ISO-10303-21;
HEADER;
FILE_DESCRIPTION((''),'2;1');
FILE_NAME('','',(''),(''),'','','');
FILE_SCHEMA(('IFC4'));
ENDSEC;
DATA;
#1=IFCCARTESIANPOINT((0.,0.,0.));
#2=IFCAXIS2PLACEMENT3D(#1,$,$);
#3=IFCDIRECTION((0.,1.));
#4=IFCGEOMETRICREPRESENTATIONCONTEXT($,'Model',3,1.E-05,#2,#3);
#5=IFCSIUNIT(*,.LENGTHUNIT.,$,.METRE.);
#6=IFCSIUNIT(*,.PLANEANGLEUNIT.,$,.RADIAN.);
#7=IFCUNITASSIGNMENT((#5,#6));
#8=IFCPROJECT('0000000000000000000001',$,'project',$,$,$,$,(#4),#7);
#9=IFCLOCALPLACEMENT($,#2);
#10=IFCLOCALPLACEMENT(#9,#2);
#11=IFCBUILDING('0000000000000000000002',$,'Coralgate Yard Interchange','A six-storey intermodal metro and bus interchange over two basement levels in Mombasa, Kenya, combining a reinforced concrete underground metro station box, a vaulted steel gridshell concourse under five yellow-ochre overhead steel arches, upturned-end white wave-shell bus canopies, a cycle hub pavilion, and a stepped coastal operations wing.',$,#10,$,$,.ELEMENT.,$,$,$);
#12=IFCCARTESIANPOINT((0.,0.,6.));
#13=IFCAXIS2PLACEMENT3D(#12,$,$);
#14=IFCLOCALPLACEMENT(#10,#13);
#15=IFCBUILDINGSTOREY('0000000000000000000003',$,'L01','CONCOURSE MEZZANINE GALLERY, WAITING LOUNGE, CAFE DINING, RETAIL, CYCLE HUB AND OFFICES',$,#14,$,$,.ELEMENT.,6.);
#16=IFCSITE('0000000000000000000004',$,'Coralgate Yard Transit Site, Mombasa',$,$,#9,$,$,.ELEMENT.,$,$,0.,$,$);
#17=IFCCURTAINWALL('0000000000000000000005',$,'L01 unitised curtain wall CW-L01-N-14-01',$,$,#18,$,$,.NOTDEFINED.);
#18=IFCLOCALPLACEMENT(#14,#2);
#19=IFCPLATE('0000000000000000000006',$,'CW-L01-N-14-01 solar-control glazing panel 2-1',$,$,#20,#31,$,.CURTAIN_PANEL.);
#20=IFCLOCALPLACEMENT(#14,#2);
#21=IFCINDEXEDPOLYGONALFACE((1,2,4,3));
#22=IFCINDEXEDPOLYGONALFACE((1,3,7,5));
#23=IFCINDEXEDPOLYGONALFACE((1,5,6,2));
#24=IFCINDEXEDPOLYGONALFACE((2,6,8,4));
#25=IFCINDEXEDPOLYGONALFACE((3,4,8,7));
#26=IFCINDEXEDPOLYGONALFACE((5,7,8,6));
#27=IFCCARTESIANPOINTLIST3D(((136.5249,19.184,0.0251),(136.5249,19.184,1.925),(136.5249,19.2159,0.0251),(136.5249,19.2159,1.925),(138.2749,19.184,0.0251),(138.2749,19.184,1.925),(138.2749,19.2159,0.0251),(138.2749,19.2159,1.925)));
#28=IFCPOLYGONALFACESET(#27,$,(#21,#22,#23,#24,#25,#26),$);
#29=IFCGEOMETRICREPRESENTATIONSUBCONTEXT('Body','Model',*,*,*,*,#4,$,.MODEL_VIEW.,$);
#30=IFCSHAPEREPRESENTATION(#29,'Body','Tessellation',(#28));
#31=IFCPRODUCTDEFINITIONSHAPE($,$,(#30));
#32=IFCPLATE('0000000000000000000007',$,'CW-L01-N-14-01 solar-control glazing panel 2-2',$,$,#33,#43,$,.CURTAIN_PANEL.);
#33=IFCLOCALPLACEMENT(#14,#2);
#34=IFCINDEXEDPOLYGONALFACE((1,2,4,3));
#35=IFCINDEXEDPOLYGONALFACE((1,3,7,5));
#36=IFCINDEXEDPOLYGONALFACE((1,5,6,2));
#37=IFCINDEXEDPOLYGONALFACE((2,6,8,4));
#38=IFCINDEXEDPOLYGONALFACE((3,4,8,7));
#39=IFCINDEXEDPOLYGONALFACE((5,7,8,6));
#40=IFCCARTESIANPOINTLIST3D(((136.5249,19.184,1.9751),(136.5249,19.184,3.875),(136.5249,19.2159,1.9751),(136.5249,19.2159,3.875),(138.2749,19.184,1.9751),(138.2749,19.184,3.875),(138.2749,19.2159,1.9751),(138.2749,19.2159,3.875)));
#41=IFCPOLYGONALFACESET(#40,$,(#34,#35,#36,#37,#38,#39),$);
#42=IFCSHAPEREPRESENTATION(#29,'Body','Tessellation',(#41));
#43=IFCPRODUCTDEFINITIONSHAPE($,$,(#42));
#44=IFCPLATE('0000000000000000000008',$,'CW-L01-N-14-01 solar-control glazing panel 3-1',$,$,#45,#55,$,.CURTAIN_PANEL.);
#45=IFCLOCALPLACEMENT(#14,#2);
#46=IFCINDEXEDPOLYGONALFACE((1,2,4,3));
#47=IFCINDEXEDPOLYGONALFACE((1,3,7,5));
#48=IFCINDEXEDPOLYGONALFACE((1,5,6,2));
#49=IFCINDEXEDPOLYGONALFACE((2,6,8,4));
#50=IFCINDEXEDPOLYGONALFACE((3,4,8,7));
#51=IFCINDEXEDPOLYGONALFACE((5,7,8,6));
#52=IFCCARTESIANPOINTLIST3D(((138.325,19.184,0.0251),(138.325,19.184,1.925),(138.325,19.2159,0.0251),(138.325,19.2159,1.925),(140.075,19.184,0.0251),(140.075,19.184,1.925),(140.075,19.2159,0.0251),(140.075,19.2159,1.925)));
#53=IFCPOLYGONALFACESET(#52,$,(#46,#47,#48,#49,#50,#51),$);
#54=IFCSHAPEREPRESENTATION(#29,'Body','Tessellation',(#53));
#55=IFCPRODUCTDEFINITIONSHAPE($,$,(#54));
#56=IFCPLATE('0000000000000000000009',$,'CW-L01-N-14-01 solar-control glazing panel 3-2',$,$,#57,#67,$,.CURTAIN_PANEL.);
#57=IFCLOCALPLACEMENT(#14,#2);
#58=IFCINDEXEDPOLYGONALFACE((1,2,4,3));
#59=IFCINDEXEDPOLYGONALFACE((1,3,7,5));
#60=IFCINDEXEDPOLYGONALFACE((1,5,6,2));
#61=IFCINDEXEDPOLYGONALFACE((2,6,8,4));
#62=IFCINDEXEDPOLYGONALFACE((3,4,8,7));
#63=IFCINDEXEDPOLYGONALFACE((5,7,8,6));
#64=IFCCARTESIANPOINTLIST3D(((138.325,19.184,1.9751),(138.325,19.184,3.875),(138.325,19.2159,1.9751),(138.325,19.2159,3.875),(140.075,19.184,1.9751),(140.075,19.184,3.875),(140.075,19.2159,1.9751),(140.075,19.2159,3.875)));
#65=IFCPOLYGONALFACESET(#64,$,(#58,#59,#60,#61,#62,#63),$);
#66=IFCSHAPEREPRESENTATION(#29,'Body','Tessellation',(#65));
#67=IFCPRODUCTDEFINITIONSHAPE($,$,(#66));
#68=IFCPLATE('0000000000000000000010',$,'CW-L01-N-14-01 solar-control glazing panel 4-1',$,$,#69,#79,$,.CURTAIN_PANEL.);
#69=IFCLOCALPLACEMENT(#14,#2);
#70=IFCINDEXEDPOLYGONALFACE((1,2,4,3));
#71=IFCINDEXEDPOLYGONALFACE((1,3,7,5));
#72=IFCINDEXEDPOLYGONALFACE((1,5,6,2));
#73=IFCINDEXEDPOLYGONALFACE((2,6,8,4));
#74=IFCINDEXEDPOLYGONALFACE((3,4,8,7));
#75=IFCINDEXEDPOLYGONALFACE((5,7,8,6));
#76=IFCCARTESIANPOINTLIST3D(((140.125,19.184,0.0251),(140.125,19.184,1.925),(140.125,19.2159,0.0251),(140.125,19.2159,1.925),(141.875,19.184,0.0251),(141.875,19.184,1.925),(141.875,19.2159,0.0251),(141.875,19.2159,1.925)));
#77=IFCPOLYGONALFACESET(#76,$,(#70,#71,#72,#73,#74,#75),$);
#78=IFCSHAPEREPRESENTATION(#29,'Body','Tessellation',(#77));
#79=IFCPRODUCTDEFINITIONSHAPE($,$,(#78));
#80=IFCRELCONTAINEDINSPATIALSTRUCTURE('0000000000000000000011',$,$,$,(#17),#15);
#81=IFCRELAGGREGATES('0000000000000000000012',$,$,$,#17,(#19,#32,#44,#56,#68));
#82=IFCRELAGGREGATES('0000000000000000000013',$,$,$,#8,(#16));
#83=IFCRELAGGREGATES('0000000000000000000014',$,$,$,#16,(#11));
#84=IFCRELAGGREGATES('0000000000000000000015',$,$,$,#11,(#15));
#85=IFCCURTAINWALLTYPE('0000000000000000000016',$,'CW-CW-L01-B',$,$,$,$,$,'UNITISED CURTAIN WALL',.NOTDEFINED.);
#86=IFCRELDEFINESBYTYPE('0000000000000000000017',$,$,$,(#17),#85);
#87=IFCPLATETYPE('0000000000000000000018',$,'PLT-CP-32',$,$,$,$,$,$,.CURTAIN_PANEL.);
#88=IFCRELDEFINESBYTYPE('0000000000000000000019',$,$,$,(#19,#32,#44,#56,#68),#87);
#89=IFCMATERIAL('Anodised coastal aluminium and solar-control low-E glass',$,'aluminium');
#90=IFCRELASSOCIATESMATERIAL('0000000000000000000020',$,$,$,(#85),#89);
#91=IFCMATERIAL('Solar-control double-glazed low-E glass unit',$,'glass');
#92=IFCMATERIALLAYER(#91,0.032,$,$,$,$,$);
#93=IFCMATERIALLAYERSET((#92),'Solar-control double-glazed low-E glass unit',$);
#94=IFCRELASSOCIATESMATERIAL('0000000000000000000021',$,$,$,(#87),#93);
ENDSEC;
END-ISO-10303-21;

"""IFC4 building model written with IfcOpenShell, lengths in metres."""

from ifc_helpers import new_model, si_unit, direction, frame, origin, origin_2d, place, context, subcontext, project, spatial, rectangle, extrude, material, layer, layer_set, type_object, element, aggregate, save


model = new_model("IFC4")

# Units and contexts
model_context = context("Model", 3, precision=1e-05, world=origin(), true_north=direction((0.0, 1.0)))
body_context = subcontext(model_context, "Body", "Model", "MODEL_VIEW")
ifc_project = project(units=[si_unit("LENGTHUNIT", "METRE"), si_unit("PLANEANGLEUNIT", "RADIAN")], contexts=[model_context])

# Site, building, storey
site_placement = place(None, origin())
site = spatial("IfcSite", under=ifc_project, at=site_placement, Name="Coralgate Yard Transit Site, Mombasa", CompositionType="ELEMENT", RefElevation=0.0)
building_placement = place(site_placement, origin())
building = spatial("IfcBuilding", under=site, at=building_placement, Name="Coralgate Yard Interchange", Description="A six-storey intermodal metro and bus interchange over two basement levels in Mombasa, Kenya, combining a reinforced concrete underground metro station box, a vaulted steel gridshell concourse under five yellow-ochre overhead steel arches, upturned-end white wave-shell bus canopies, a cycle hub pavilion, and a stepped coastal operations wing.", CompositionType="ELEMENT")
storey_placement = place(building_placement, frame((0.0, 0.0, 6.0)))
storey = spatial("IfcBuildingStorey", under=building, at=storey_placement, Name="L01", Description="CONCOURSE MEZZANINE GALLERY, WAITING LOUNGE, CAFE DINING, RETAIL, CYCLE HUB AND OFFICES", CompositionType="ELEMENT", Elevation=6.0)

# Curtain wall
ifc_material_1 = material(Name="Anodised coastal aluminium and solar-control low-E glass", Category="aluminium")
curtain_wall_type_1 = type_object("IfcCurtainWallType", Name="CW-CW-L01-B", ElementType="UNITISED CURTAIN WALL", PredefinedType="NOTDEFINED", material=ifc_material_1)
curtain_wall_1_placement = place(storey_placement, origin())
curtain_wall_1 = element("IfcCurtainWall", 1, at=curtain_wall_1_placement, inside=storey, type_object=curtain_wall_type_1, Name="L01 unitised curtain wall CW-L01-N-14-01", PredefinedType="NOTDEFINED")

# Plates
ifc_material_2 = material(Name="Solar-control double-glazed low-E glass unit", Category="glass")
ifc_layer = layer(ifc_material_2, 0.032)
ifc_layer_set = layer_set([ifc_layer], Name="Solar-control double-glazed low-E glass unit")
plate_type = type_object("IfcPlateType", Name="PLT-CP-32", PredefinedType="CURTAIN_PANEL", material=ifc_layer_set)
plate_1_placement = place(storey_placement, frame((137.3999, 19.2, 0.0251), z_axis=(0.0, 0.0, 1.0), x_axis=(1.0, 0.0, 0.0)))
plate_1 = element("IfcPlate", 2, at=plate_1_placement, type_object=plate_type, Name="CW-L01-N-14-01 solar-control glazing panel 2-1", PredefinedType="CURTAIN_PANEL", context=body_context, shape_type="SweptSolid", body=[
    extrude(rectangle(XDim=1.75, YDim=0.032, at=origin_2d()), origin(), (0.0, 0.0, 1.0), 1.8999),
])
plate_2_placement = place(storey_placement, frame((137.3999, 19.2, 1.9751), z_axis=(0.0, 0.0, 1.0), x_axis=(1.0, 0.0, 0.0)))
plate_2 = element("IfcPlate", 3, at=plate_2_placement, type_object=plate_type, Name="CW-L01-N-14-01 solar-control glazing panel 2-2", PredefinedType="CURTAIN_PANEL", context=body_context, shape_type="SweptSolid", body=[
    extrude(rectangle(XDim=1.75, YDim=0.032, at=origin_2d()), origin(), (0.0, 0.0, 1.0), 1.8999),
])
plate_3_placement = place(storey_placement, frame((139.2, 19.2, 0.0251), z_axis=(0.0, 0.0, 1.0), x_axis=(1.0, 0.0, 0.0)))
plate_3 = element("IfcPlate", 4, at=plate_3_placement, type_object=plate_type, Name="CW-L01-N-14-01 solar-control glazing panel 3-1", PredefinedType="CURTAIN_PANEL", context=body_context, shape_type="SweptSolid", body=[
    extrude(rectangle(XDim=1.75, YDim=0.032, at=origin_2d()), origin(), (0.0, 0.0, 1.0), 1.8999),
])
plate_4_placement = place(storey_placement, frame((139.2, 19.2, 1.9751), z_axis=(0.0, 0.0, 1.0), x_axis=(1.0, 0.0, 0.0)))
plate_4 = element("IfcPlate", 5, at=plate_4_placement, type_object=plate_type, Name="CW-L01-N-14-01 solar-control glazing panel 3-2", PredefinedType="CURTAIN_PANEL", context=body_context, shape_type="SweptSolid", body=[
    extrude(rectangle(XDim=1.75, YDim=0.032, at=origin_2d()), origin(), (0.0, 0.0, 1.0), 1.8999),
])
plate_5_placement = place(storey_placement, frame((141.0, 19.2, 0.0251), z_axis=(0.0, 0.0, 1.0), x_axis=(1.0, 0.0, 0.0)))
plate_5 = element("IfcPlate", 6, at=plate_5_placement, type_object=plate_type, Name="CW-L01-N-14-01 solar-control glazing panel 4-1", PredefinedType="CURTAIN_PANEL", context=body_context, shape_type="SweptSolid", body=[
    extrude(rectangle(XDim=1.75, YDim=0.032, at=origin_2d()), origin(), (0.0, 0.0, 1.0), 1.8999),
])
aggregate(curtain_wall_1, [plate_1, plate_2, plate_3, plate_4, plate_5])

save(model, "model.ifc")
